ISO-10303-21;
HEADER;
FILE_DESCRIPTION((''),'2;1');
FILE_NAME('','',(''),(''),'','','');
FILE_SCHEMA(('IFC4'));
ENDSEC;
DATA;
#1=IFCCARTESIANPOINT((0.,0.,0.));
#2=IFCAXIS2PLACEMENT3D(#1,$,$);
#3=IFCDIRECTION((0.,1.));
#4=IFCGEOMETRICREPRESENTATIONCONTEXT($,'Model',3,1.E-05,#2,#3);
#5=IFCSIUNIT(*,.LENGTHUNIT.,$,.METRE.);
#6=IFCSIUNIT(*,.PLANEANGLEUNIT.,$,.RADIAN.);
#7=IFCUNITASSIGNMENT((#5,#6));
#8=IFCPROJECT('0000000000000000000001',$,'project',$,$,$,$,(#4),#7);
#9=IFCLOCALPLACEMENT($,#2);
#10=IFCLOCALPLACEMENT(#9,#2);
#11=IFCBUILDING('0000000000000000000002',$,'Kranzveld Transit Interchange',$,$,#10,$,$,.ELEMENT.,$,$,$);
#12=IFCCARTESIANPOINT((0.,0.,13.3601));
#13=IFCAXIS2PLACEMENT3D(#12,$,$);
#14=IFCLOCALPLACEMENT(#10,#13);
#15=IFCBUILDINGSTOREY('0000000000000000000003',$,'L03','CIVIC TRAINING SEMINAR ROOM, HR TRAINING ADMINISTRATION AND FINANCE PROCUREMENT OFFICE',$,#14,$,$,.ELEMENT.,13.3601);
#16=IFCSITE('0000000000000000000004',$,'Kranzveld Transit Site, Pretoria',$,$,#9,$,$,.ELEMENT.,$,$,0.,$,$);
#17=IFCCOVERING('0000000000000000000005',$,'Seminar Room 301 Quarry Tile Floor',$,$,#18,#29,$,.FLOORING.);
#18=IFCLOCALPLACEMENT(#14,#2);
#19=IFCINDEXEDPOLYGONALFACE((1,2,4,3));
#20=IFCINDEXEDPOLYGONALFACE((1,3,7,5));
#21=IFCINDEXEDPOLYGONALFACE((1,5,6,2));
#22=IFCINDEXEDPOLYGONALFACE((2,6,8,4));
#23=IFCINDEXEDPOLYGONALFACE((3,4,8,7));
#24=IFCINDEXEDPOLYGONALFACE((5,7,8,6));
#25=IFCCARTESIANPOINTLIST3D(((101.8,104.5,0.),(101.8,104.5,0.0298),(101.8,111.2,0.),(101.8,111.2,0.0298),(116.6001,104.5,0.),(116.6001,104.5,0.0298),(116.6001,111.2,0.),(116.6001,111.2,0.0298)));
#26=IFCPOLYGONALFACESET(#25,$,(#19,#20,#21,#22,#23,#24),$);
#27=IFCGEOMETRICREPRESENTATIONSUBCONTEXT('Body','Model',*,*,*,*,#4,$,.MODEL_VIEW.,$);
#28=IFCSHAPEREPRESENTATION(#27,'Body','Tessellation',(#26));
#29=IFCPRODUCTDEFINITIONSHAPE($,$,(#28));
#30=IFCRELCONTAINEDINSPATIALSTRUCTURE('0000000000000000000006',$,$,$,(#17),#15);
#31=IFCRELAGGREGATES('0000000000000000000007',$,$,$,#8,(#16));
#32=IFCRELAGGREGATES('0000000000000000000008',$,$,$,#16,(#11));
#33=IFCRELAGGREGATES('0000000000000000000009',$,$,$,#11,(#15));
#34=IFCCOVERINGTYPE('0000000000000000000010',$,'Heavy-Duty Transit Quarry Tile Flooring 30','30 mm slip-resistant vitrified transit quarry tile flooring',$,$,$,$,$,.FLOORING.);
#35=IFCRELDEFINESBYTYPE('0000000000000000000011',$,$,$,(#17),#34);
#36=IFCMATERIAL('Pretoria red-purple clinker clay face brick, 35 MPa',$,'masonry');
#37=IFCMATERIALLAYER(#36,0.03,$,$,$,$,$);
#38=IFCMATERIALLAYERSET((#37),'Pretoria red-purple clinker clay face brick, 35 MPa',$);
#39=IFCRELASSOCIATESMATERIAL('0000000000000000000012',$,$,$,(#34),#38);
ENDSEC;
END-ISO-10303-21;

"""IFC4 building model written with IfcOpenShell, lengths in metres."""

from ifc_helpers import new_model, si_unit, direction, frame, origin, place, context, subcontext, project, spatial, polyline, outline, extrude, material, layer, layer_set, type_object, element, save


model = new_model("IFC4")

# Units and contexts
model_context = context("Model", 3, precision=1e-05, world=origin(), true_north=direction((0.0, 1.0)))
body_context = subcontext(model_context, "Body", "Model", "MODEL_VIEW")
ifc_project = project(units=[si_unit("LENGTHUNIT", "METRE"), si_unit("PLANEANGLEUNIT", "RADIAN")], contexts=[model_context])

# Site, building, storey
site_placement = place(None, origin())
site = spatial("IfcSite", under=ifc_project, at=site_placement, Name="Kranzveld Transit Site, Pretoria", CompositionType="ELEMENT", RefElevation=0.0)
building_placement = place(site_placement, origin())
building = spatial("IfcBuilding", under=site, at=building_placement, Name="Kranzveld Transit Interchange", CompositionType="ELEMENT")
storey_placement = place(building_placement, frame((0.0, 0.0, 13.3601)))
storey = spatial("IfcBuildingStorey", under=building, at=storey_placement, Name="L03", Description="CIVIC TRAINING SEMINAR ROOM, HR TRAINING ADMINISTRATION AND FINANCE PROCUREMENT OFFICE", CompositionType="ELEMENT", Elevation=13.3601)

# Covering
ifc_material_1 = material(Name="Pretoria red-purple clinker clay face brick, 35 MPa", Category="masonry")
ifc_layer_1 = layer(ifc_material_1, 0.03)
ifc_layer_set_1 = layer_set([ifc_layer_1], Name="Pretoria red-purple clinker clay face brick, 35 MPa")
covering_type_1 = type_object("IfcCoveringType", Name="Heavy-Duty Transit Quarry Tile Flooring 30", Description="30 mm slip-resistant vitrified transit quarry tile flooring", PredefinedType="FLOORING", material=ifc_layer_set_1)
covering_1_placement = place(storey_placement, origin())
element("IfcCovering", 1, at=covering_1_placement, inside=storey, type_object=covering_type_1, Name="Seminar Room 301 Quarry Tile Floor", PredefinedType="FLOORING", context=body_context, shape_type="SweptSolid", body=[
    extrude(outline(polyline([(101.8, 104.5), (116.6001, 104.5), (116.6001, 111.2), (101.8, 111.2), (101.8, 104.5)])), origin(), (0.0, 0.0, 1.0), 0.0298),
])

save(model, "model.ifc")
